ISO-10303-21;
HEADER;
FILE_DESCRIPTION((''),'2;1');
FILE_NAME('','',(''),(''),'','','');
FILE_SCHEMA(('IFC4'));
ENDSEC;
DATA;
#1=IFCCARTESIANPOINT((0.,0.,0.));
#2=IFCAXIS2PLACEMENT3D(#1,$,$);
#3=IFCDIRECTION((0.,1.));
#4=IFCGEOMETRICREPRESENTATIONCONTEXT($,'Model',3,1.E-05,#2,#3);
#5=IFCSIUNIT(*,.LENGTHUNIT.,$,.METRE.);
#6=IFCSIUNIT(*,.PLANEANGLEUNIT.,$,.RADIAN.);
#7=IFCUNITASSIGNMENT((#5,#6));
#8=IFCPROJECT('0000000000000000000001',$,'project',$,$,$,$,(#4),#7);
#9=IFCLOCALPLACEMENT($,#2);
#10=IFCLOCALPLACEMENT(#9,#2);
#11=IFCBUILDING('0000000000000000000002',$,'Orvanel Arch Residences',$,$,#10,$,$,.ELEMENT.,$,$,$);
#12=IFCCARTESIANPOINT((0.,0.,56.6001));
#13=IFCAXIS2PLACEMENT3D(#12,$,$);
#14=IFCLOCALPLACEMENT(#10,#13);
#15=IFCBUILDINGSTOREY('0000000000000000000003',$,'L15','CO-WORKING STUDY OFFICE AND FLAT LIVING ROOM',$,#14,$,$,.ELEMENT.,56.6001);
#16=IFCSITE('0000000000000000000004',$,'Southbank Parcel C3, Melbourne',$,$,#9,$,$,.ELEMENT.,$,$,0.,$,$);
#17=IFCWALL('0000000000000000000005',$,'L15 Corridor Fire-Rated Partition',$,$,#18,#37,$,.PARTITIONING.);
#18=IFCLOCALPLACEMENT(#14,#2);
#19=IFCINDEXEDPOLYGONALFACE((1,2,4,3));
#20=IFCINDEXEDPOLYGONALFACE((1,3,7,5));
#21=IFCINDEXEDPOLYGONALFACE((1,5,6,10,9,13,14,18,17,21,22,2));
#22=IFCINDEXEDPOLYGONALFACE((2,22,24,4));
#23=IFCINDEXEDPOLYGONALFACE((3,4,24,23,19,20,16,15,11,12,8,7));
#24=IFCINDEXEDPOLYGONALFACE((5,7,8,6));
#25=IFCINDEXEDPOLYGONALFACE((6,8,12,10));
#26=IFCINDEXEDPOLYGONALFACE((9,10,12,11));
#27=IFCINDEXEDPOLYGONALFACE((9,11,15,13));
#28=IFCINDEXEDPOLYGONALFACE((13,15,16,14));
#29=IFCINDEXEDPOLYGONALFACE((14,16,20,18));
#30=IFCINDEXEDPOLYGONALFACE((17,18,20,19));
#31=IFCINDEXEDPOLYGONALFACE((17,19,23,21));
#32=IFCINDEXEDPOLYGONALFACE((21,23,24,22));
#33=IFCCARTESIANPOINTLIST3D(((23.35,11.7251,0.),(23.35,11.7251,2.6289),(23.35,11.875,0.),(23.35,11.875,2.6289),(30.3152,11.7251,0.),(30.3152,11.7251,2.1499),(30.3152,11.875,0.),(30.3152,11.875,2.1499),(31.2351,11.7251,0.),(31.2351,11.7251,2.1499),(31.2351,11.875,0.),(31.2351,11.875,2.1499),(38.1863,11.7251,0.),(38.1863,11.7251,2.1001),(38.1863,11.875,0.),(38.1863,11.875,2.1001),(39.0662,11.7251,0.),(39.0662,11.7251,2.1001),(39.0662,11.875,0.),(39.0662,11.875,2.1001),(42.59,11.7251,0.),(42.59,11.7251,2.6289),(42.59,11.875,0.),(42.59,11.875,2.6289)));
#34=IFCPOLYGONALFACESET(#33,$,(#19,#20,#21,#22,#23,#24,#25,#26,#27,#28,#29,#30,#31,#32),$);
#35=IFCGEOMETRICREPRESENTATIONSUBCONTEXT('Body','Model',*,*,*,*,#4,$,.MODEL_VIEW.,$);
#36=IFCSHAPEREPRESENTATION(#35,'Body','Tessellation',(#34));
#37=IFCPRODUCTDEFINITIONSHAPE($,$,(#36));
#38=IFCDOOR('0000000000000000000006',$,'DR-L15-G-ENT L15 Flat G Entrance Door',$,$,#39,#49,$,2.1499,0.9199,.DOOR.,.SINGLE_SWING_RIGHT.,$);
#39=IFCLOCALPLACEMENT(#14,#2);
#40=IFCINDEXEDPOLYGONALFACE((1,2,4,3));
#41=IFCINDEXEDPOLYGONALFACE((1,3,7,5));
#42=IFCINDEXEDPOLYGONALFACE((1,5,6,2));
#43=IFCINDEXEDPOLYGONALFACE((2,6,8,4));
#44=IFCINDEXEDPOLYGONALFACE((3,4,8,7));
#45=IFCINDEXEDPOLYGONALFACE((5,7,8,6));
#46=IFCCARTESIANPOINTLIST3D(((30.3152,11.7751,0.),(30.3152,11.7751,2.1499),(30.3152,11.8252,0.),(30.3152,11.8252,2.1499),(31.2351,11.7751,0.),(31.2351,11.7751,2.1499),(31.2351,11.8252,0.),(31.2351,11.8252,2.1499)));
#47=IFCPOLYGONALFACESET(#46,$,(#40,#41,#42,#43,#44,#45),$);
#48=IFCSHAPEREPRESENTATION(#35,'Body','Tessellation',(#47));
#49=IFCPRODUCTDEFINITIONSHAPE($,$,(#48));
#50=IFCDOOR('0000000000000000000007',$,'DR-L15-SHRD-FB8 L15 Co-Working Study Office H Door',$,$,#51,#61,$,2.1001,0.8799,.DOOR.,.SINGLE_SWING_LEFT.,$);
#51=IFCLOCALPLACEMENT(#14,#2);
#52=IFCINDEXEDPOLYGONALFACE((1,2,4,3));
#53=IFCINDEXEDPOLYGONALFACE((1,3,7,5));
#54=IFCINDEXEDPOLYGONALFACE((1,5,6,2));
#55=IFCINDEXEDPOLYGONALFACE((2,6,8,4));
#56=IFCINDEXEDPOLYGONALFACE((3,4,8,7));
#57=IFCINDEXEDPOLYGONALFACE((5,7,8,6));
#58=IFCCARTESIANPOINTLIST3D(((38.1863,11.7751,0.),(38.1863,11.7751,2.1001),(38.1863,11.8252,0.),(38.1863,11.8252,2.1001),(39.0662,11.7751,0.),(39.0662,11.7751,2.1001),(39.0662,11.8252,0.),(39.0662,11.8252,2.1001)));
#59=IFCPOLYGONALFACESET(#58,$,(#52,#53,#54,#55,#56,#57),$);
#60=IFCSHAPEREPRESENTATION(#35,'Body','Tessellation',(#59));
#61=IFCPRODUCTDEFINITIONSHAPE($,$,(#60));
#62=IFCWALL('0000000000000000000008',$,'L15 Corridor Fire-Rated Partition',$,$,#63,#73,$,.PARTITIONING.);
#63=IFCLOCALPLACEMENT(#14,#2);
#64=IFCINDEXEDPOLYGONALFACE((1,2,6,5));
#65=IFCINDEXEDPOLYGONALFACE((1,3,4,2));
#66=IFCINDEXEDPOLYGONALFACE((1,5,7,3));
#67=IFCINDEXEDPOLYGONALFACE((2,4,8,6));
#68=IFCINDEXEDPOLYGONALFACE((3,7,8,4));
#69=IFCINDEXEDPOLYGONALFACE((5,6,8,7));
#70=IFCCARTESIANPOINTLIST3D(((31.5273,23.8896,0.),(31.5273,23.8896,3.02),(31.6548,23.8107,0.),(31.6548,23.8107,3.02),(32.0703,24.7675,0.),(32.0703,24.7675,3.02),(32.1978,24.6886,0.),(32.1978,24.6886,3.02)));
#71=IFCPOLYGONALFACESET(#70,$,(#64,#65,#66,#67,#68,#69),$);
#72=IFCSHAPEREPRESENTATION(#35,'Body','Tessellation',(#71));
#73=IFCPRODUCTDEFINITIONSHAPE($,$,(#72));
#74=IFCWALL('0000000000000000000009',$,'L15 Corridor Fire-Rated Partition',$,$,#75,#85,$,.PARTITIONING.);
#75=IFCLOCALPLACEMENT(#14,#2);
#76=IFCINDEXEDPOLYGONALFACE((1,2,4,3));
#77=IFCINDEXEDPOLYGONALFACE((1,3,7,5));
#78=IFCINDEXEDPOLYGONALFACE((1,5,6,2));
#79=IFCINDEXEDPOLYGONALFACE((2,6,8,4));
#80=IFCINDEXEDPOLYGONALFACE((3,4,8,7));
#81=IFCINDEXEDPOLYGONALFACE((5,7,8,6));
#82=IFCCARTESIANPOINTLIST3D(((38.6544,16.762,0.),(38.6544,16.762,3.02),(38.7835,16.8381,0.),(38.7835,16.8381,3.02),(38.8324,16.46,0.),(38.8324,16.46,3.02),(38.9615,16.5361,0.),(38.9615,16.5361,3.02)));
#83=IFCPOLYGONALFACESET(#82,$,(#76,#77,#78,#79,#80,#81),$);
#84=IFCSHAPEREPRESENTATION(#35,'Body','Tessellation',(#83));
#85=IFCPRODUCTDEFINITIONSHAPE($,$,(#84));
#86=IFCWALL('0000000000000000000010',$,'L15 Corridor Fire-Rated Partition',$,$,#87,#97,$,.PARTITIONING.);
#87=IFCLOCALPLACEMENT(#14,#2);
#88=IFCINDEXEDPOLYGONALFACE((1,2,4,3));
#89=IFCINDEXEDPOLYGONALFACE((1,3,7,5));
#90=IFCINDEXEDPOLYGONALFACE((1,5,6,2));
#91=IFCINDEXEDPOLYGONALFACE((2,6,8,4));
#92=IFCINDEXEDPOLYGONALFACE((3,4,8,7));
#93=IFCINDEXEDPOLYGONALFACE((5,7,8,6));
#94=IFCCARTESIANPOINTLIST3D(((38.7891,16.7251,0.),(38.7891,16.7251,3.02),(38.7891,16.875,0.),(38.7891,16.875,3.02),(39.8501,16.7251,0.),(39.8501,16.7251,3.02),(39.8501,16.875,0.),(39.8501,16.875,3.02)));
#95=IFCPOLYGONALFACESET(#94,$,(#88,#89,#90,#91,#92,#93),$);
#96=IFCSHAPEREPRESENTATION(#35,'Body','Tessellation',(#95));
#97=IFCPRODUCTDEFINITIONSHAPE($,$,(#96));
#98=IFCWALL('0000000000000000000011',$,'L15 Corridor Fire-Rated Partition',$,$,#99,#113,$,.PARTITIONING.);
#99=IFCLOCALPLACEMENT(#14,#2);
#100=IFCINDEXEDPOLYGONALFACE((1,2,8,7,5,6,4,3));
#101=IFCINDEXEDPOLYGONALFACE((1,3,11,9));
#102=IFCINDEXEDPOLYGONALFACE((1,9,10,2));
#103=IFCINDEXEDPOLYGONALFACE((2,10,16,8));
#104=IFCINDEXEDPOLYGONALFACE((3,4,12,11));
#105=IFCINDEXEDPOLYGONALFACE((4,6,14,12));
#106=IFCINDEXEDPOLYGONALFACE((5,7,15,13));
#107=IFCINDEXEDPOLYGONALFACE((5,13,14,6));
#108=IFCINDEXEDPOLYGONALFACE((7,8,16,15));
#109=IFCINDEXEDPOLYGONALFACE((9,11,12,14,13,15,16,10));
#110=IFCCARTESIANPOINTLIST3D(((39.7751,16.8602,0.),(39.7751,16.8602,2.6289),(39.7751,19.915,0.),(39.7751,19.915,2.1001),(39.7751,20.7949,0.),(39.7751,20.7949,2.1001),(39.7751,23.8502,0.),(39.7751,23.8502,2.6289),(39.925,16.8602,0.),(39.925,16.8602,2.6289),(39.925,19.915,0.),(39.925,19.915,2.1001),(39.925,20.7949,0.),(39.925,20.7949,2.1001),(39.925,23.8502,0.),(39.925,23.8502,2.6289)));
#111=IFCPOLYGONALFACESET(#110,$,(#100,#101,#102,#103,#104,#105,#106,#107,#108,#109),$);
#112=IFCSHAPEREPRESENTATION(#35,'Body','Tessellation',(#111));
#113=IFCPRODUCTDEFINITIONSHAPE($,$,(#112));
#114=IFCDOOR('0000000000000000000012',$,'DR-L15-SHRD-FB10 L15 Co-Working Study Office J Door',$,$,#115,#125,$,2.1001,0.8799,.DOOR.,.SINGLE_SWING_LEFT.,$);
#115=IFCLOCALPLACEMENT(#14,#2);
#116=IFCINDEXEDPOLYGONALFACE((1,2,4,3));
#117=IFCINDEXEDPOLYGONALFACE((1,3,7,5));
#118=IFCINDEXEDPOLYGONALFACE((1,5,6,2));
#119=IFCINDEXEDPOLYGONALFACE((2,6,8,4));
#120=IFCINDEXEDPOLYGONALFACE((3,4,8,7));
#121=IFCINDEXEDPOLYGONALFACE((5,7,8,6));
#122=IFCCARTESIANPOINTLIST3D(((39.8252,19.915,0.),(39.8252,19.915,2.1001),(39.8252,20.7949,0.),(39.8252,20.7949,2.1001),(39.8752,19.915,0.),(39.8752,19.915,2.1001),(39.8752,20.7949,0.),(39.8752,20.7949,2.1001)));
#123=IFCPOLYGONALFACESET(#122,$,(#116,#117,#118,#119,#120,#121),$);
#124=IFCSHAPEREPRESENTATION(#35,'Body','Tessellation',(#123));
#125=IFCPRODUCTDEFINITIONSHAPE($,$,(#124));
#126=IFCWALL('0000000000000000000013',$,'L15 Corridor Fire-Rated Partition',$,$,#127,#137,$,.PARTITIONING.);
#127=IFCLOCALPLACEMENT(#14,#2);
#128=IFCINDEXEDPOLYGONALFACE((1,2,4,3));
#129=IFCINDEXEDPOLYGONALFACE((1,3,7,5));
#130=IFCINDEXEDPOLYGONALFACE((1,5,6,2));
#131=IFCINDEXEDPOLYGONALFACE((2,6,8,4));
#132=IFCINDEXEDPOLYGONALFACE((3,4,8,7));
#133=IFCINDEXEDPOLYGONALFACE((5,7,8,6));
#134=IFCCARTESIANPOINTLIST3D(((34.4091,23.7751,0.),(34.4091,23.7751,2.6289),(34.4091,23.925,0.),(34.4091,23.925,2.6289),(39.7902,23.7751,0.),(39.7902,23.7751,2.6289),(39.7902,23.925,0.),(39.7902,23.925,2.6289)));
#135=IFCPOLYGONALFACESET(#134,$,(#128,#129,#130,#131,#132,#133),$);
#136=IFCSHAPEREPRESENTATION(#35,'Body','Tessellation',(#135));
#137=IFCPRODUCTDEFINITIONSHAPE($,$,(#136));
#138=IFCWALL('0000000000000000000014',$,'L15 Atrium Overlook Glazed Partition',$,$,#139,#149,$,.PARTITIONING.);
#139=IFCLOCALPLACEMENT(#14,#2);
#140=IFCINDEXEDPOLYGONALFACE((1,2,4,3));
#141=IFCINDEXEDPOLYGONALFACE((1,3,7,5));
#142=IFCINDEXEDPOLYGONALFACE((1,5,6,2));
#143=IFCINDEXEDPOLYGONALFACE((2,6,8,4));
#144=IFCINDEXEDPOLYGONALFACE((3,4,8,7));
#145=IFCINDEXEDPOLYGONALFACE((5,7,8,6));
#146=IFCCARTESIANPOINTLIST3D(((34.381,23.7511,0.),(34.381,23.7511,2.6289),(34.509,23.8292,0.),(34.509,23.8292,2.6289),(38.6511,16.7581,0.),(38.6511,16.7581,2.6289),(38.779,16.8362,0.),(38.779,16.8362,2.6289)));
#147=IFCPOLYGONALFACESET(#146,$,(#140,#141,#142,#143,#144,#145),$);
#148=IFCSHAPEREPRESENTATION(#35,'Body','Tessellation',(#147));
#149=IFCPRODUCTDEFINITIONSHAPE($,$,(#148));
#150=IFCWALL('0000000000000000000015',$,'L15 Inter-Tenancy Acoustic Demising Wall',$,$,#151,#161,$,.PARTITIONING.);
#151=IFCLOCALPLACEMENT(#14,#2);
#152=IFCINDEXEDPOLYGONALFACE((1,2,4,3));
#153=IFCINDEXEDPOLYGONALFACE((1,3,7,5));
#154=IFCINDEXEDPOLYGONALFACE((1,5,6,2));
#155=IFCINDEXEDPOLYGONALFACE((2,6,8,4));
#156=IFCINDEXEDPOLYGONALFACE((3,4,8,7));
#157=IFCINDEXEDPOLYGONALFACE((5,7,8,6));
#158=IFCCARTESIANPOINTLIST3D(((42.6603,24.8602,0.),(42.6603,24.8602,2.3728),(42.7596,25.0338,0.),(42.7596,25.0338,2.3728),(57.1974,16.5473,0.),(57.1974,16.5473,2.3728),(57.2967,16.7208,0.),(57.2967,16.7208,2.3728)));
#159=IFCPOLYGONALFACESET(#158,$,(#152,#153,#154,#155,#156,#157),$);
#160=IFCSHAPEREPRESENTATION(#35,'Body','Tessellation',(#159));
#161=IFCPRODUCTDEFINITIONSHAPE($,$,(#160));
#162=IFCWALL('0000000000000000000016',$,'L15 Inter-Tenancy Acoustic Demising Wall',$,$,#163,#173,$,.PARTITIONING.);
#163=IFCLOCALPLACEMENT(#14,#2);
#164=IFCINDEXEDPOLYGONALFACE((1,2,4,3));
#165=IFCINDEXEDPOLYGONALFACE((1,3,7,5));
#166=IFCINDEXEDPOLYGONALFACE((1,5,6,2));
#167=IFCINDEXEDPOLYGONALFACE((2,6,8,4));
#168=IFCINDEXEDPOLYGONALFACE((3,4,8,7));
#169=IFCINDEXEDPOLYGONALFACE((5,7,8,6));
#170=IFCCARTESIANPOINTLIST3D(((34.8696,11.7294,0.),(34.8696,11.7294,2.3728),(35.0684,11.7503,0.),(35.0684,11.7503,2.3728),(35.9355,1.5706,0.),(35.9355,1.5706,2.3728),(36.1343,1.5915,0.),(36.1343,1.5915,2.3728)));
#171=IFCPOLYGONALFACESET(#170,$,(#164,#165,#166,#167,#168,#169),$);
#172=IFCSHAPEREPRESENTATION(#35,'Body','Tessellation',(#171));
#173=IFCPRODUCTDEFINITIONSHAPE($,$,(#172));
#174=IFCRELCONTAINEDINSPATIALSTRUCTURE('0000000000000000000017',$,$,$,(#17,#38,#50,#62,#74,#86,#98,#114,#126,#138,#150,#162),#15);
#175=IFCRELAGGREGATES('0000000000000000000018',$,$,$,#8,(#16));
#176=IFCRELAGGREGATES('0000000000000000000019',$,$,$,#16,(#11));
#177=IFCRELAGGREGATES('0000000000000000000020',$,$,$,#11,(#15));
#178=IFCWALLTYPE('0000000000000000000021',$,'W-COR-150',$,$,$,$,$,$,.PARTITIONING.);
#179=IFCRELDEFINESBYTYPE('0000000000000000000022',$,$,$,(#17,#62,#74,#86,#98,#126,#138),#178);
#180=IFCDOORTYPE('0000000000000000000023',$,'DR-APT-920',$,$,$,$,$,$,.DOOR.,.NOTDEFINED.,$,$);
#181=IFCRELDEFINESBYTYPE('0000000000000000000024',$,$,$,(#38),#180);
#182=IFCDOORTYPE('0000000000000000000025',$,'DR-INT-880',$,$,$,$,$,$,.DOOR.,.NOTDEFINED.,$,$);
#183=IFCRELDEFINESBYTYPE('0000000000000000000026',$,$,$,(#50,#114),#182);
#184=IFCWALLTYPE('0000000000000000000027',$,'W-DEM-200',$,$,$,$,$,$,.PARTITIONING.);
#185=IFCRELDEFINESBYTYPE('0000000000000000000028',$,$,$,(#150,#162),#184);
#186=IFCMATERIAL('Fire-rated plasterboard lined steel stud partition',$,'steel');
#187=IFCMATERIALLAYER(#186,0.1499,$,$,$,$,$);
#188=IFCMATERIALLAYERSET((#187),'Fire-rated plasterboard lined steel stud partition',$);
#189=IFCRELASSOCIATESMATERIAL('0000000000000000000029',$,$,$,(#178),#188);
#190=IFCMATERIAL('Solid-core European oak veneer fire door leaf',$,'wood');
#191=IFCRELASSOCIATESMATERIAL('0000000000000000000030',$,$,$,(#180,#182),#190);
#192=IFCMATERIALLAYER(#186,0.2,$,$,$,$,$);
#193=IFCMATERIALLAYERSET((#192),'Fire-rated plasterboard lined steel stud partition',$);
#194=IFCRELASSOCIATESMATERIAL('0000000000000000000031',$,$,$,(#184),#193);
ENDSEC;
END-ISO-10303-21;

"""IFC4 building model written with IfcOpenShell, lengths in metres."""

from ifc_helpers import new_model, si_unit, direction, frame, frame_2d, origin, place, context, subcontext, project, spatial, rectangle, extrude, material, layer, layer_set, type_object, element, fill, save


model = new_model("IFC4")

# Units and contexts
model_context = context("Model", 3, precision=1e-05, world=origin(), true_north=direction((0.0, 1.0)))
body_context = subcontext(model_context, "Body", "Model", "MODEL_VIEW")
ifc_project = project(units=[si_unit("LENGTHUNIT", "METRE"), si_unit("PLANEANGLEUNIT", "RADIAN")], contexts=[model_context])

# Site, building, storey
site_placement = place(None, origin())
site = spatial("IfcSite", under=ifc_project, at=site_placement, Name="Southbank Parcel C3, Melbourne", CompositionType="ELEMENT", RefElevation=0.0)
building_placement = place(site_placement, origin())
building = spatial("IfcBuilding", under=site, at=building_placement, Name="Orvanel Arch Residences", CompositionType="ELEMENT")
storey_placement = place(building_placement, frame((0.0, 0.0, 56.6001)))
storey = spatial("IfcBuildingStorey", under=building, at=storey_placement, Name="L15", Description="CO-WORKING STUDY OFFICE AND FLAT LIVING ROOM", CompositionType="ELEMENT", Elevation=56.6001)

# Wall, openings, doors
ifc_material_1 = material(Name="Fire-rated plasterboard lined steel stud partition", Category="steel")
ifc_layer_1 = layer(ifc_material_1, 0.1499)
ifc_layer_set_1 = layer_set([ifc_layer_1], Name="Fire-rated plasterboard lined steel stud partition")
wall_type_1 = type_object("IfcWallType", Name="W-COR-150", PredefinedType="PARTITIONING", material=ifc_layer_set_1)
wall_1_placement = place(storey_placement, frame((42.5901, 11.8, 0.0), z_axis=(0.0, 0.0, 1.0), x_axis=(-1.0, 0.0, 0.0)))
wall_1 = element("IfcWall", 1, at=wall_1_placement, inside=storey, type_object=wall_type_1, Name="L15 Corridor Fire-Rated Partition", PredefinedType="PARTITIONING", context=body_context, shape_type="SweptSolid", body=[
    extrude(rectangle(XDim=19.24, YDim=0.1499, at=frame_2d((9.6201, 0.0))), origin(), (0.0, 0.0, 1.0), 2.6289),
])
opening_1_placement = place(wall_1_placement, frame((11.355, 0.0, 0.0)))
opening_1 = element("IfcOpeningElement", 2, at=opening_1_placement, cuts=wall_1, PredefinedType="OPENING", context=body_context, shape_type="SweptSolid", body=[
    extrude(rectangle(XDim=0.9199, YDim=2.1499, at=frame_2d((0.46, 1.075))), frame((0.0, 0.085, 0.0), z_axis=(0.0, -1.0, 0.0), x_axis=(1.0, 0.0, 0.0)), (0.0, 0.0, 1.0), 0.1699),
])
opening_2_placement = place(wall_1_placement, frame((3.5239, 0.0, 0.0)))
opening_2 = element("IfcOpeningElement", 3, at=opening_2_placement, cuts=wall_1, PredefinedType="OPENING", context=body_context, shape_type="SweptSolid", body=[
    extrude(rectangle(XDim=0.8799, YDim=2.1001, at=frame_2d((0.4399, 1.05))), frame((0.0, 0.085, 0.0), z_axis=(0.0, -1.0, 0.0), x_axis=(1.0, 0.0, 0.0)), (0.0, 0.0, 1.0), 0.1699),
])
ifc_material_2 = material(Name="Solid-core European oak veneer fire door leaf", Category="wood")
door_type_1 = type_object("IfcDoorType", Name="DR-APT-920", OperationType="NOTDEFINED", PredefinedType="DOOR", material=ifc_material_2)
door_1_placement = place(opening_1_placement, origin())
door_1 = element("IfcDoor", 4, at=door_1_placement, inside=storey, type_object=door_type_1, Name="DR-L15-G-ENT L15 Flat G Entrance Door", OperationType="SINGLE_SWING_RIGHT", OverallHeight=2.1499, OverallWidth=0.9199, PredefinedType="DOOR", context=body_context, shape_type="SweptSolid", body=[
    extrude(rectangle(XDim=0.9199, YDim=2.1499, at=frame_2d((0.46, 1.075))), frame((0.0, 0.0249, 0.0), z_axis=(0.0, -1.0, 0.0), x_axis=(1.0, 0.0, 0.0)), (0.0, 0.0, 1.0), 0.05),
])
fill(opening_1, door_1)
door_type_2 = type_object("IfcDoorType", Name="DR-INT-880", OperationType="NOTDEFINED", PredefinedType="DOOR", material=ifc_material_2)
door_2_placement = place(opening_2_placement, origin())
door_2 = element("IfcDoor", 5, at=door_2_placement, inside=storey, type_object=door_type_2, Name="DR-L15-SHRD-FB8 L15 Co-Working Study Office H Door", OperationType="SINGLE_SWING_LEFT", OverallHeight=2.1001, OverallWidth=0.8799, PredefinedType="DOOR", context=body_context, shape_type="SweptSolid", body=[
    extrude(rectangle(XDim=0.8799, YDim=2.1001, at=frame_2d((0.4399, 1.05))), frame((0.0, 0.0249, 0.0), z_axis=(0.0, -1.0, 0.0), x_axis=(1.0, 0.0, 0.0)), (0.0, 0.0, 1.0), 0.05),
])
fill(opening_2, door_2)

# Walls
wall_2_placement = place(storey_placement, frame((32.134, 24.728, 0.0), z_axis=(0.0, 0.0, 1.0), x_axis=(-0.525996, -0.850487, 0.0)))
element("IfcWall", 6, at=wall_2_placement, inside=storey, type_object=wall_type_1, Name="L15 Corridor Fire-Rated Partition", PredefinedType="PARTITIONING", context=body_context, shape_type="SweptSolid", body=[
    extrude(rectangle(XDim=1.0322, YDim=0.1499, at=frame_2d((0.5161, 0.0))), origin(), (0.0, 0.0, 1.0), 3.02),
])
wall_3_placement = place(storey_placement, frame((38.897, 16.498, 0.0), z_axis=(0.0, 0.0, 1.0), x_axis=(-0.50772, 0.861522, 0.0)))
element("IfcWall", 7, at=wall_3_placement, inside=storey, type_object=wall_type_1, Name="L15 Corridor Fire-Rated Partition", PredefinedType="PARTITIONING", context=body_context, shape_type="SweptSolid", body=[
    extrude(rectangle(XDim=0.3506, YDim=0.1499, at=frame_2d((0.1753, 0.0))), origin(), (0.0, 0.0, 1.0), 3.02),
])
wall_4_placement = place(storey_placement, frame((38.7891, 16.8, 0.0), z_axis=(0.0, 0.0, 1.0), x_axis=(1.0, 0.0, 0.0)))
element("IfcWall", 8, at=wall_4_placement, inside=storey, type_object=wall_type_1, Name="L15 Corridor Fire-Rated Partition", PredefinedType="PARTITIONING", context=body_context, shape_type="SweptSolid", body=[
    extrude(rectangle(XDim=1.061, YDim=0.1499, at=frame_2d((0.5305, 0.0))), origin(), (0.0, 0.0, 1.0), 3.02),
])

# Wall, opening, door
wall_5_placement = place(storey_placement, frame((39.8501, 16.8601, 0.0), z_axis=(0.0, 0.0, 1.0), x_axis=(0.0, 1.0, 0.0)))
wall_5 = element("IfcWall", 9, at=wall_5_placement, inside=storey, type_object=wall_type_1, Name="L15 Corridor Fire-Rated Partition", PredefinedType="PARTITIONING", context=body_context, shape_type="SweptSolid", body=[
    extrude(rectangle(XDim=6.99, YDim=0.1499, at=frame_2d((3.4951, 0.0))), origin(), (0.0, 0.0, 1.0), 2.6289),
])
opening_3_placement = place(wall_5_placement, frame((3.0549, 0.0, 0.0)))
opening_3 = element("IfcOpeningElement", 10, at=opening_3_placement, cuts=wall_5, PredefinedType="OPENING", context=body_context, shape_type="SweptSolid", body=[
    extrude(rectangle(XDim=0.8799, YDim=2.1001, at=frame_2d((0.4399, 1.05))), frame((0.0, 0.085, 0.0), z_axis=(0.0, -1.0, 0.0), x_axis=(1.0, 0.0, 0.0)), (0.0, 0.0, 1.0), 0.1699),
])
door_3_placement = place(opening_3_placement, origin())
door_3 = element("IfcDoor", 11, at=door_3_placement, inside=storey, type_object=door_type_2, Name="DR-L15-SHRD-FB10 L15 Co-Working Study Office J Door", OperationType="SINGLE_SWING_LEFT", OverallHeight=2.1001, OverallWidth=0.8799, PredefinedType="DOOR", context=body_context, shape_type="SweptSolid", body=[
    extrude(rectangle(XDim=0.8799, YDim=2.1001, at=frame_2d((0.4399, 1.05))), frame((0.0, 0.0249, 0.0), z_axis=(0.0, -1.0, 0.0), x_axis=(1.0, 0.0, 0.0)), (0.0, 0.0, 1.0), 0.05),
])
fill(opening_3, door_3)

# Walls
wall_6_placement = place(storey_placement, frame((39.79, 23.8501, 0.0), z_axis=(0.0, 0.0, 1.0), x_axis=(-1.0, 0.0, 0.0)))
element("IfcWall", 12, at=wall_6_placement, inside=storey, type_object=wall_type_1, Name="L15 Corridor Fire-Rated Partition", PredefinedType="PARTITIONING", context=body_context, shape_type="SweptSolid", body=[
    extrude(rectangle(XDim=5.3811, YDim=0.1499, at=frame_2d((2.6904, 0.0))), origin(), (0.0, 0.0, 1.0), 2.6289),
])
wall_7_placement = place(storey_placement, frame((34.4451, 23.79, 0.0), z_axis=(0.0, 0.0, 1.0), x_axis=(0.521145, -0.853468, 0.0)))
element("IfcWall", 13, at=wall_7_placement, inside=storey, type_object=wall_type_1, Name="L15 Atrium Overlook Glazed Partition", PredefinedType="PARTITIONING", context=body_context, shape_type="SweptSolid", body=[
    extrude(rectangle(XDim=8.1936, YDim=0.1499, at=frame_2d((4.0967, 0.0))), origin(), (0.0, 0.0, 1.0), 2.6289),
])
ifc_layer_2 = layer(ifc_material_1, 0.2)
ifc_layer_set_2 = layer_set([ifc_layer_2], Name="Fire-rated plasterboard lined steel stud partition")
wall_type_2 = type_object("IfcWallType", Name="W-DEM-200", PredefinedType="PARTITIONING", material=ifc_layer_set_2)
wall_8_placement = place(storey_placement, frame((42.71, 24.947, 0.0), z_axis=(0.0, 0.0, 1.0), x_axis=(0.868087, -0.496412, 0.0)))
element("IfcWall", 14, at=wall_8_placement, inside=storey, type_object=wall_type_2, Name="L15 Inter-Tenancy Acoustic Demising Wall", PredefinedType="PARTITIONING", context=body_context, shape_type="SweptSolid", body=[
    extrude(rectangle(XDim=16.7461, YDim=0.2, at=frame_2d((8.373, 0.0))), origin(), (0.0, 0.0, 1.0), 2.3728),
])
wall_9_placement = place(storey_placement, frame((34.969, 11.74, 0.0), z_axis=(0.0, 0.0, 1.0), x_axis=(0.104351, -0.99454, 0.0)))
element("IfcWall", 15, at=wall_9_placement, inside=storey, type_object=wall_type_2, Name="L15 Inter-Tenancy Acoustic Demising Wall", PredefinedType="PARTITIONING", context=body_context, shape_type="SweptSolid", body=[
    extrude(rectangle(XDim=10.2146, YDim=0.2, at=frame_2d((5.1074, 0.0))), origin(), (0.0, 0.0, 1.0), 2.3728),
])

save(model, "model.ifc")
